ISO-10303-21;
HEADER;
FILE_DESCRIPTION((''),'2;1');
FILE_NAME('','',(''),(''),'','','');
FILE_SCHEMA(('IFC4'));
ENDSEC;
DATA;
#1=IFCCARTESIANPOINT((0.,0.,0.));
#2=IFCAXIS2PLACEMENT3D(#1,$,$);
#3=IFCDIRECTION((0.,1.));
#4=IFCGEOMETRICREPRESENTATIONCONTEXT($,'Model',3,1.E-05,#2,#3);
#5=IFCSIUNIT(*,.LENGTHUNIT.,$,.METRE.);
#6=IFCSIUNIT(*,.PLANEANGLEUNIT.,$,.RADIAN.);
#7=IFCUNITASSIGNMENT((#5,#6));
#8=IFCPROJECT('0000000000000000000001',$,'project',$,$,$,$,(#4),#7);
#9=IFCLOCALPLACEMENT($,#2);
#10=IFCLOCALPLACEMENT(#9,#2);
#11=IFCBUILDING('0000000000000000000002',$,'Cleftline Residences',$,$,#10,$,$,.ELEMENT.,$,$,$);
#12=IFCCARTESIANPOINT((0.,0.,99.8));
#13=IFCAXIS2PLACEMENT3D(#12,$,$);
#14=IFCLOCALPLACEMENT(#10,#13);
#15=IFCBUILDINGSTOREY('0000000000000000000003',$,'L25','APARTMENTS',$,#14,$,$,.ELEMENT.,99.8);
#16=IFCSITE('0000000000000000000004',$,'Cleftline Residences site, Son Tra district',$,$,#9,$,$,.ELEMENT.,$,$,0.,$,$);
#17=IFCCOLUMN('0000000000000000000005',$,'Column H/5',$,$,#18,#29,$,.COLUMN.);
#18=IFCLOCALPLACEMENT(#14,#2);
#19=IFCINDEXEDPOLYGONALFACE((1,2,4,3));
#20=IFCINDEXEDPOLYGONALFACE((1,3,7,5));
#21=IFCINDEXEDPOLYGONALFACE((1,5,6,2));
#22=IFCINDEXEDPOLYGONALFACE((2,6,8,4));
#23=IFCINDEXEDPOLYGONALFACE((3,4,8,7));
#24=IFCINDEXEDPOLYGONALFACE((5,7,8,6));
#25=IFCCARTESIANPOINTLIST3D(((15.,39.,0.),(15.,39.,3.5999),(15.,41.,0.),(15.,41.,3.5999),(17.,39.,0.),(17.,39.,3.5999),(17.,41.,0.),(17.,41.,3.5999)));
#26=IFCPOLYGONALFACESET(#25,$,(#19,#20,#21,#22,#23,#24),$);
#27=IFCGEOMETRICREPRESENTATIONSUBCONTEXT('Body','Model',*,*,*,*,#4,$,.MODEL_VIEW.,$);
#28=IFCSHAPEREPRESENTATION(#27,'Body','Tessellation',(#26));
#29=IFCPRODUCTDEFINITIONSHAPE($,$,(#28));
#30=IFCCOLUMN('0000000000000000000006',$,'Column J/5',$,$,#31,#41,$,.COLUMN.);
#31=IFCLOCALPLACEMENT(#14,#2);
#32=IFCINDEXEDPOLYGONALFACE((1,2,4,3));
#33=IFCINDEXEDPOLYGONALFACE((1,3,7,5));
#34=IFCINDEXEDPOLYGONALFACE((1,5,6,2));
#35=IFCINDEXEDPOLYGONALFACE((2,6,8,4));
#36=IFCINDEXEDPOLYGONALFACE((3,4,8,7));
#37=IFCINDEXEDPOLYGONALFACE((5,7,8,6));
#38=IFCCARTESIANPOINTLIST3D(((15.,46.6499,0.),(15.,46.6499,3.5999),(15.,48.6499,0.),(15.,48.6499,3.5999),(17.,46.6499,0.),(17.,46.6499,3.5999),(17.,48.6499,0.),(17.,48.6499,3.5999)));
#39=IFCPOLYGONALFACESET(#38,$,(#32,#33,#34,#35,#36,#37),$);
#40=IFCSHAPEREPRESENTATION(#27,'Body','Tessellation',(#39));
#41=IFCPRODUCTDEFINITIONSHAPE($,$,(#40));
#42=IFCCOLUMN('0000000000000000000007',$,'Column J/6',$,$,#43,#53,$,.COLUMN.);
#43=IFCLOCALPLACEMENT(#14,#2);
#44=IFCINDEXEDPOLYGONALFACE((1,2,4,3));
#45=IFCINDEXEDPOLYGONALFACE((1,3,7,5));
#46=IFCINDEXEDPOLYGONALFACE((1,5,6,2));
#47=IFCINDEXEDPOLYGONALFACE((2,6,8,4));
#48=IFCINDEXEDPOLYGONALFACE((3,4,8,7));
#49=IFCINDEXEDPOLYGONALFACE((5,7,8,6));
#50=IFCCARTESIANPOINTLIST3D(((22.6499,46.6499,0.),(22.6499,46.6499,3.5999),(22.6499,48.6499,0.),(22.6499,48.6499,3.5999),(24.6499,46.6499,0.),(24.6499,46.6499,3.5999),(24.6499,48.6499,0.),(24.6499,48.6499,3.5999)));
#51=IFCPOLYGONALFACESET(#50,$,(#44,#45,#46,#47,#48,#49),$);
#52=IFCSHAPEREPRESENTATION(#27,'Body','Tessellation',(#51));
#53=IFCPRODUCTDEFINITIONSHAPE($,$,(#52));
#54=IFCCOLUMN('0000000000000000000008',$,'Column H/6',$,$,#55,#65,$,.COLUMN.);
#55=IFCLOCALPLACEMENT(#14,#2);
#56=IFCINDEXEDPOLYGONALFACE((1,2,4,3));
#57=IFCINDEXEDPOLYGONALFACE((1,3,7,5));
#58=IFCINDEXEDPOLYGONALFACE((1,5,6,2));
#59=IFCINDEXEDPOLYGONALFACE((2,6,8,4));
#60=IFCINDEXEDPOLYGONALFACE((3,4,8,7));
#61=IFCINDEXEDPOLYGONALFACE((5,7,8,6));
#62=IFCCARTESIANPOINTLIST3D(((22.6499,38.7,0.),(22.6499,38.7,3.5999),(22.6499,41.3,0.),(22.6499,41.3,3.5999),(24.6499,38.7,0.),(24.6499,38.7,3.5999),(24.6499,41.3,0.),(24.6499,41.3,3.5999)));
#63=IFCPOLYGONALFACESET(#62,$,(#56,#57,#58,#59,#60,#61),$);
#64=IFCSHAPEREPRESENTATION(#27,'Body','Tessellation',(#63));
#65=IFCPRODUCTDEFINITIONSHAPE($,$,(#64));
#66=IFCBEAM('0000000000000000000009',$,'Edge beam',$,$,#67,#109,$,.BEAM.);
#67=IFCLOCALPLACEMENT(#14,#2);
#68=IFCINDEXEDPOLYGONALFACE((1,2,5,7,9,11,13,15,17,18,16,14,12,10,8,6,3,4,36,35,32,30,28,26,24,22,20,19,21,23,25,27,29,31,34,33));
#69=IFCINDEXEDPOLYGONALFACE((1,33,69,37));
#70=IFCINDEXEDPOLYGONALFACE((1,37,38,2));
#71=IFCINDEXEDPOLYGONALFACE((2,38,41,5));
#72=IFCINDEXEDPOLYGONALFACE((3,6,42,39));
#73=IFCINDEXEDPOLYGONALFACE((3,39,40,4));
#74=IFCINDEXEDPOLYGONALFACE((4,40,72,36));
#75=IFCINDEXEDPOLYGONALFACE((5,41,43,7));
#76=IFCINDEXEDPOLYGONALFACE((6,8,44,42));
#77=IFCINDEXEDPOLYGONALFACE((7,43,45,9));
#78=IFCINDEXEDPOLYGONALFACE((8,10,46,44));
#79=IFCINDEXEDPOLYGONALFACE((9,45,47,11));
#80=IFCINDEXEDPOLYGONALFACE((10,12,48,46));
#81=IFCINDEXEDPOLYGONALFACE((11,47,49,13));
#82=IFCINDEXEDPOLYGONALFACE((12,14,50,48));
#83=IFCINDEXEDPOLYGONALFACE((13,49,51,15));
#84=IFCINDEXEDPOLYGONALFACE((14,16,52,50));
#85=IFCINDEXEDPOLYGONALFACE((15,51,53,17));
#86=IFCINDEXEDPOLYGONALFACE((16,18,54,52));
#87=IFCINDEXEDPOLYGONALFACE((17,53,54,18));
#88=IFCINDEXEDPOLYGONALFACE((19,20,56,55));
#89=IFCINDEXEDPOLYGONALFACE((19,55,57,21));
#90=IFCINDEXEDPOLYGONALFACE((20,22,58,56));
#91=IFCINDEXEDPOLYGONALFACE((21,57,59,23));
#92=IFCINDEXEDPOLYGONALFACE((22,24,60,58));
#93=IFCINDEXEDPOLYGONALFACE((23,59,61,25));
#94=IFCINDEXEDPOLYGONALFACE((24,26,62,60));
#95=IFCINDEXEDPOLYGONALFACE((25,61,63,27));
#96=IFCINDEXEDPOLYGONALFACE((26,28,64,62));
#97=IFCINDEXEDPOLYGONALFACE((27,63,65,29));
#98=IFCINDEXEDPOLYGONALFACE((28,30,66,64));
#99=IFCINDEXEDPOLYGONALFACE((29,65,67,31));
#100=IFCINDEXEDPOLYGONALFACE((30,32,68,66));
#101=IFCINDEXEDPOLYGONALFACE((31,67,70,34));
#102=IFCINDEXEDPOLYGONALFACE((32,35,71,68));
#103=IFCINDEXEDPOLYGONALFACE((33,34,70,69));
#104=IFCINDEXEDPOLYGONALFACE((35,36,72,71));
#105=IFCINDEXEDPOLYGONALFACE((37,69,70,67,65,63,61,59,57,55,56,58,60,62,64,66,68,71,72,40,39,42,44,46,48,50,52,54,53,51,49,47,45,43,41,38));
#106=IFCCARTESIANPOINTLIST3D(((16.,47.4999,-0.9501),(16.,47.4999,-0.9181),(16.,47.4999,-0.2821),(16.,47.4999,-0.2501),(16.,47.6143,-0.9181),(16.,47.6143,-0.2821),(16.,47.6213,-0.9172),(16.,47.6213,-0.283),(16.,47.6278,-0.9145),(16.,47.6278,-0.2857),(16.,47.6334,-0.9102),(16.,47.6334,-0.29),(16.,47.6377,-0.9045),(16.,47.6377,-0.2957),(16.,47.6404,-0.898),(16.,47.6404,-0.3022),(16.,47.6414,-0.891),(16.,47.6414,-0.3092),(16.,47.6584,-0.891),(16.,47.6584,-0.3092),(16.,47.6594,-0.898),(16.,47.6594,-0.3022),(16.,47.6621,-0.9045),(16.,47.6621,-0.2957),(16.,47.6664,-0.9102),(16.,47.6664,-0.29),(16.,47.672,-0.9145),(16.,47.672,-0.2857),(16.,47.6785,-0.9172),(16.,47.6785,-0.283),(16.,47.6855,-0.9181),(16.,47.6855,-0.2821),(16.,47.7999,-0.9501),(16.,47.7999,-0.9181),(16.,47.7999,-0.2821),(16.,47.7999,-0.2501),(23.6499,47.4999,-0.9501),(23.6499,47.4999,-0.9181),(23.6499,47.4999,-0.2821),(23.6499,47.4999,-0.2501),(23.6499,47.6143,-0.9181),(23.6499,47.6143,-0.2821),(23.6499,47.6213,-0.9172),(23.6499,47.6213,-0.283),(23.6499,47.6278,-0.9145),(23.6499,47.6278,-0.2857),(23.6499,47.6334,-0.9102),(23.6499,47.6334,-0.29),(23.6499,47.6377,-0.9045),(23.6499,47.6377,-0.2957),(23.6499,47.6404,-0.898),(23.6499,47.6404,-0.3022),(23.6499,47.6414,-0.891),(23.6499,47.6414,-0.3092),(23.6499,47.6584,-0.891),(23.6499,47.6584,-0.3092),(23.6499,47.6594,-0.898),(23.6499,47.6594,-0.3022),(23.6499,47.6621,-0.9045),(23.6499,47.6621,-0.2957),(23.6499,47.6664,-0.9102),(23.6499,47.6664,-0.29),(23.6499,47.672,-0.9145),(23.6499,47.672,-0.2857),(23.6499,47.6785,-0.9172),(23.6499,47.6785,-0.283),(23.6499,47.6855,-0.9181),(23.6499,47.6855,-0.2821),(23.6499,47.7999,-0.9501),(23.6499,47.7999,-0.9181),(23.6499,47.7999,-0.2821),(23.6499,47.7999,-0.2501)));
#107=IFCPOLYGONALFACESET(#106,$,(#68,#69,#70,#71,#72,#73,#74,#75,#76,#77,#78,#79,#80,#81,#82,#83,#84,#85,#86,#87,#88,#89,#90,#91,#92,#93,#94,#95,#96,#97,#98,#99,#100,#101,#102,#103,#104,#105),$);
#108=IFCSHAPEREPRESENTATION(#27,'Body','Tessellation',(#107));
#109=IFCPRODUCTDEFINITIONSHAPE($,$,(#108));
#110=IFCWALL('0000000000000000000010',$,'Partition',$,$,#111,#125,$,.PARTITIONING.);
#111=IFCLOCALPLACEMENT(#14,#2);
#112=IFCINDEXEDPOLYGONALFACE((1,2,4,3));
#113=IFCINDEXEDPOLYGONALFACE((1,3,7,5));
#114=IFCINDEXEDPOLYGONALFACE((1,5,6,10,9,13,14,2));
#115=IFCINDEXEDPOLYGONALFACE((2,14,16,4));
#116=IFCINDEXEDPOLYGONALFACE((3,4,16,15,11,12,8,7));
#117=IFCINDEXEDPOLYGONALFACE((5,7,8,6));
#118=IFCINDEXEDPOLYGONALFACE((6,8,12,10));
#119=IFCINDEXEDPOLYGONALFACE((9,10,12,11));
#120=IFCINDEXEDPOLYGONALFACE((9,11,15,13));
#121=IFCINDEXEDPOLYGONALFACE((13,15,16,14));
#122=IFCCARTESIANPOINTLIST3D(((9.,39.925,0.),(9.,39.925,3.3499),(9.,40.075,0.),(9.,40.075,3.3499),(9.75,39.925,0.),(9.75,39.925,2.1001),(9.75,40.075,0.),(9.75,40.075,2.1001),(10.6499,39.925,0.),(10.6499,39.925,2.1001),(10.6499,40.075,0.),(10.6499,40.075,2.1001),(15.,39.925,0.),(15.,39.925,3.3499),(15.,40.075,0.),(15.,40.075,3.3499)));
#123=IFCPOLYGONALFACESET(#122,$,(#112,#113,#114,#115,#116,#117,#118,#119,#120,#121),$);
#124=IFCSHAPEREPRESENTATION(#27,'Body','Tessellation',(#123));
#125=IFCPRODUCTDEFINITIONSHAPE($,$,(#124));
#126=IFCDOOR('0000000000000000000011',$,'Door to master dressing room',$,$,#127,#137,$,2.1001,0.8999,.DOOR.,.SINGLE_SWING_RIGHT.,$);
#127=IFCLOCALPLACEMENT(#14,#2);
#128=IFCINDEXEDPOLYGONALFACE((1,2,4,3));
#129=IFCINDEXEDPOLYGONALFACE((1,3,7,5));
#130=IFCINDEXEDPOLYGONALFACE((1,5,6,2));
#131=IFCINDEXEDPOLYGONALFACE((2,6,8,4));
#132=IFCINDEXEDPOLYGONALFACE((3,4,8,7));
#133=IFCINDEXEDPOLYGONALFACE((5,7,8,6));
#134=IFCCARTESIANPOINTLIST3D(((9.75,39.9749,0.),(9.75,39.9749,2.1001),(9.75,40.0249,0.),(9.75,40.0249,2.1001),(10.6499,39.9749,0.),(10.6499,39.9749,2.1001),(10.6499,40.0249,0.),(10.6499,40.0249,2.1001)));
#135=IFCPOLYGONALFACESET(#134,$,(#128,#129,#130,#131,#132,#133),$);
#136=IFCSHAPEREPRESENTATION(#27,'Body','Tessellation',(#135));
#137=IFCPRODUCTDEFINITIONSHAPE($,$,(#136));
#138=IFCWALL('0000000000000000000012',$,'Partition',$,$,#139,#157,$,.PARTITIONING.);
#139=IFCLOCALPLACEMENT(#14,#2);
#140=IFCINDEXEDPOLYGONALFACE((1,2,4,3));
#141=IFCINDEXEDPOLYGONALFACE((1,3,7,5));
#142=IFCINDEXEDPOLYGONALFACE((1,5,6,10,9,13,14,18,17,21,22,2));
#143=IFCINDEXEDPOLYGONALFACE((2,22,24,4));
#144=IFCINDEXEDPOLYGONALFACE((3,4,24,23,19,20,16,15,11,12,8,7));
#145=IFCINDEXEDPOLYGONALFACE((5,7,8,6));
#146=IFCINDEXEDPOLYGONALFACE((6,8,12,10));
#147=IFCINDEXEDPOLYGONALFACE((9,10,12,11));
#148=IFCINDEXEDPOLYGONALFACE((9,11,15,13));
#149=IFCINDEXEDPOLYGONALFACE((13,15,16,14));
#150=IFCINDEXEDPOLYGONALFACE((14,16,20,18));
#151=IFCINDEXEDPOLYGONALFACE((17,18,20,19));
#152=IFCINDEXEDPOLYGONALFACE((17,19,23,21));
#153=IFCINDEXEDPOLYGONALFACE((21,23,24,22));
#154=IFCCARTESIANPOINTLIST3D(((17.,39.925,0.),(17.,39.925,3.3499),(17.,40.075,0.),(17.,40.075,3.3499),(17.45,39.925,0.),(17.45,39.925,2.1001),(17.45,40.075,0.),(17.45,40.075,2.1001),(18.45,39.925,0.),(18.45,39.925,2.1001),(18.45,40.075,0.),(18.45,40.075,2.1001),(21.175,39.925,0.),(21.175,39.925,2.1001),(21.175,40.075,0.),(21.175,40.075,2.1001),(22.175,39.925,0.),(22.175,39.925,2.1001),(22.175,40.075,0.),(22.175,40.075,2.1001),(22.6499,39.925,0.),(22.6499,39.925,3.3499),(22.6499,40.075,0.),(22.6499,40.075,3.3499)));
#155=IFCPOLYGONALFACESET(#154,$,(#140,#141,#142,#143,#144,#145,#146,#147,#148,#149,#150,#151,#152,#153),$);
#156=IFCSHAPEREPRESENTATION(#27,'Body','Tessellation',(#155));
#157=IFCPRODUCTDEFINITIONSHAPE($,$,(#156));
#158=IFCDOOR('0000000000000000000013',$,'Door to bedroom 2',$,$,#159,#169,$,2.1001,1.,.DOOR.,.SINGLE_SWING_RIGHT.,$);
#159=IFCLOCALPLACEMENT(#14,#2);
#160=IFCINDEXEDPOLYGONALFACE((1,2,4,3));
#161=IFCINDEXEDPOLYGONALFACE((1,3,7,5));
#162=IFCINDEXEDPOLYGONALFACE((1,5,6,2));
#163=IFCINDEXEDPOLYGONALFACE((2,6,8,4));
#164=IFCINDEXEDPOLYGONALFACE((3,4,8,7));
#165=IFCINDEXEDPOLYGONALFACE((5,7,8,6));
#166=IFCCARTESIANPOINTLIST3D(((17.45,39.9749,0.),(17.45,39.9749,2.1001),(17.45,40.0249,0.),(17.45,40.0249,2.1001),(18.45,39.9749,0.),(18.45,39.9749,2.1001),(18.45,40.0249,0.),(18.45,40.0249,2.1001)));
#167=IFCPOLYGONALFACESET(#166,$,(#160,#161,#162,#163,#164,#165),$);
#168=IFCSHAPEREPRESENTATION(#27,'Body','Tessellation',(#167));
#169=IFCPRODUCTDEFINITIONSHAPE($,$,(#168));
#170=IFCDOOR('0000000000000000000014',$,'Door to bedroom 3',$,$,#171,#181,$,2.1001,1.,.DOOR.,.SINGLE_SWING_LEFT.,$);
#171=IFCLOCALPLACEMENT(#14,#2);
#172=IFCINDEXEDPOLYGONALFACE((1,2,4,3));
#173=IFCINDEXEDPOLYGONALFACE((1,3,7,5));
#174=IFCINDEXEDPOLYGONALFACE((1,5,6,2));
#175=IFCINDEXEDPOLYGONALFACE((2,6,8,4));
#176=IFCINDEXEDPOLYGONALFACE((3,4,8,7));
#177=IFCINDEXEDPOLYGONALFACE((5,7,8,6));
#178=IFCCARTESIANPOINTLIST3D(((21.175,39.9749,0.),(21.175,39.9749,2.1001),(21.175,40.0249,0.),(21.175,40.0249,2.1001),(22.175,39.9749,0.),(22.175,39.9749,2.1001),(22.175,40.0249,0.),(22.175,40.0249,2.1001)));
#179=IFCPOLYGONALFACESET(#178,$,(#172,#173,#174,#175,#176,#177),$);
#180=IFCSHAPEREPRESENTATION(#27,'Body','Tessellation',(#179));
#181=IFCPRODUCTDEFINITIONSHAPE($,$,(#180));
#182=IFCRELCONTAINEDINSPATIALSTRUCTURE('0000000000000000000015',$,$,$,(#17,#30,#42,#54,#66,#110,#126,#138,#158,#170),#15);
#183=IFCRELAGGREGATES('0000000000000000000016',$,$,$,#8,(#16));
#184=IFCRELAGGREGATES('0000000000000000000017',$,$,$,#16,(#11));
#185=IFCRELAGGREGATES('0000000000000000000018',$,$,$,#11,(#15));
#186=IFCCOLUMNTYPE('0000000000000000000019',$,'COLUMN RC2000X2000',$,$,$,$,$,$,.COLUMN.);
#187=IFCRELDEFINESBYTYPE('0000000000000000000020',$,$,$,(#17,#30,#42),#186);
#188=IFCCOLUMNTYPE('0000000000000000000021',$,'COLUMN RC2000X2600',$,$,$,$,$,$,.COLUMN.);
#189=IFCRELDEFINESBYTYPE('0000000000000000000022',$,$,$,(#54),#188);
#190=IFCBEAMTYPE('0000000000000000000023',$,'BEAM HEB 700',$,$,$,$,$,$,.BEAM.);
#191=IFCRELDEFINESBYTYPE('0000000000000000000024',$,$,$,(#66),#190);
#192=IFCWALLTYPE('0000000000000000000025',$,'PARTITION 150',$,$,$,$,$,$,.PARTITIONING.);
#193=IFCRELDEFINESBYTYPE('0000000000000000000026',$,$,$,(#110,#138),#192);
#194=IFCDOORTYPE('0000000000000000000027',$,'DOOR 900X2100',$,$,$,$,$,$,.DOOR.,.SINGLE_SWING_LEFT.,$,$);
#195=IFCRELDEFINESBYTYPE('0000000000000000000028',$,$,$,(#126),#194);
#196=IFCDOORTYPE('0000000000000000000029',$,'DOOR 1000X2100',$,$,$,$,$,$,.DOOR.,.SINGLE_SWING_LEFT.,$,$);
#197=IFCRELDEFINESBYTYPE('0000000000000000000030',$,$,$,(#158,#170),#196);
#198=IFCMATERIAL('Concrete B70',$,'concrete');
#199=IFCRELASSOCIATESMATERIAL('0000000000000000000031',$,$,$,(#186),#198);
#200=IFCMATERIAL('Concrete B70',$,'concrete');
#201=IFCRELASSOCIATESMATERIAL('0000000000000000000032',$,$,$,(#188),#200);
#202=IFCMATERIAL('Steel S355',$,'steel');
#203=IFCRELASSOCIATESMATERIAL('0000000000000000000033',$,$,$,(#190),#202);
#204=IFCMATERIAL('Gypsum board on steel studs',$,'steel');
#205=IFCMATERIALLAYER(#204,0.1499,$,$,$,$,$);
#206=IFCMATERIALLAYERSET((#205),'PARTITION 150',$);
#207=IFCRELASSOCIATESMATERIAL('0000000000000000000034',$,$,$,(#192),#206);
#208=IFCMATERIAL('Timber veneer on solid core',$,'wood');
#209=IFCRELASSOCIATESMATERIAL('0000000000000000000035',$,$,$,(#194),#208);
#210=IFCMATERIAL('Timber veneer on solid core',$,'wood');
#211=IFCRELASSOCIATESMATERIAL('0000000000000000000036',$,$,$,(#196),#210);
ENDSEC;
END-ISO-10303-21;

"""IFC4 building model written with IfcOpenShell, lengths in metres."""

from ifc_helpers import new_model, si_unit, direction, frame, frame_2d, origin, origin_2d, place, context, subcontext, project, spatial, rectangle, i_section, extrude, material, layer, layer_set, material_profile, profile_set, type_object, element, fill, save


model = new_model("IFC4")

# Units and contexts
model_context = context("Model", 3, precision=1e-05, world=origin(), true_north=direction((0.0, 1.0)))
body_context = subcontext(model_context, "Body", "Model", "MODEL_VIEW")
ifc_project = project(units=[si_unit("LENGTHUNIT", "METRE"), si_unit("PLANEANGLEUNIT", "RADIAN")], contexts=[model_context])

# Site, building, storey
site_placement = place(None, origin())
site = spatial("IfcSite", under=ifc_project, at=site_placement, Name="Cleftline Residences site, Son Tra district", CompositionType="ELEMENT", RefElevation=0.0)
building_placement = place(site_placement, origin())
building = spatial("IfcBuilding", under=site, at=building_placement, Name="Cleftline Residences", CompositionType="ELEMENT")
storey_placement = place(building_placement, frame((0.0, 0.0, 99.8)))
storey = spatial("IfcBuildingStorey", under=building, at=storey_placement, Name="L25", Description="APARTMENTS", CompositionType="ELEMENT", Elevation=99.8)

# Columns
ifc_material_1 = material(Name="Concrete B70", Category="concrete")
ifc_material_profile_1 = material_profile(ifc_material_1, rectangle(XDim=2.0, YDim=2.0, at=origin_2d()))
ifc_profile_set_1 = profile_set([ifc_material_profile_1], Name="Concrete B70")
column_type_1 = type_object("IfcColumnType", Name="COLUMN RC2000X2000", PredefinedType="COLUMN", material=ifc_profile_set_1)
for number, where, z_axis, x_axis, name in (
    (1, (16.0, 40.0, 0.0), (0.0, 0.0, 1.0), (1.0, 0.0, 0.0), "Column H/5"),
    (2, (16.0, 47.6499, 0.0), (0.0, 0.0, 1.0), (1.0, 0.0, 0.0), "Column J/5"),
    (3, (23.6499, 47.6499, 0.0), (0.0, 0.0, 1.0), (1.0, 0.0, 0.0), "Column J/6"),
):
    element("IfcColumn", number, at=place(storey_placement, frame(where, z_axis=z_axis, x_axis=x_axis)), inside=storey, type_object=column_type_1, Name=name, PredefinedType="COLUMN", context=body_context, shape_type="SweptSolid", body=[
        extrude(rectangle(XDim=2.0, YDim=2.0, at=origin_2d()), origin(), (0.0, 0.0, 1.0), 3.5999),
    ])
ifc_material_2 = material(Name="Concrete B70", Category="concrete")
ifc_material_profile_2 = material_profile(ifc_material_2, rectangle(XDim=2.0, YDim=2.6001, at=origin_2d()))
ifc_profile_set_2 = profile_set([ifc_material_profile_2], Name="Concrete B70")
column_type_2 = type_object("IfcColumnType", Name="COLUMN RC2000X2600", PredefinedType="COLUMN", material=ifc_profile_set_2)
column_placement = place(storey_placement, frame((23.6499, 40.0, 0.0), z_axis=(0.0, 0.0, 1.0), x_axis=(1.0, 0.0, 0.0)))
element("IfcColumn", 4, at=column_placement, inside=storey, type_object=column_type_2, Name="Column H/6", PredefinedType="COLUMN", context=body_context, shape_type="SweptSolid", body=[
    extrude(rectangle(XDim=2.0, YDim=2.6001, at=origin_2d()), origin(), (0.0, 0.0, 1.0), 3.5999),
])

# Beam
ifc_material_3 = material(Name="Steel S355", Category="steel")
ifc_material_profile_3 = material_profile(ifc_material_3, i_section(OverallWidth=0.3, OverallDepth=0.7, WebThickness=0.0171, FlangeThickness=0.032, FilletRadius=0.0271, at=origin_2d()))
ifc_profile_set_3 = profile_set([ifc_material_profile_3], Name="Steel S355")
beam_type = type_object("IfcBeamType", Name="BEAM HEB 700", PredefinedType="BEAM", material=ifc_profile_set_3)
beam_placement = place(storey_placement, frame((16.0, 47.6499, -0.6001), z_axis=(1.0, 0.0, 0.0), x_axis=(0.0, 1.0, 0.0)))
element("IfcBeam", 5, at=beam_placement, inside=storey, type_object=beam_type, Name="Edge beam", PredefinedType="BEAM", context=body_context, shape_type="SweptSolid", body=[
    extrude(i_section(OverallWidth=0.3, OverallDepth=0.7, WebThickness=0.0171, FlangeThickness=0.032, FilletRadius=0.0271, at=origin_2d()), origin(), (0.0, 0.0, 1.0), 7.6499),
])

# Wall, opening, door
ifc_material_4 = material(Name="Gypsum board on steel studs", Category="steel")
ifc_layer = layer(ifc_material_4, 0.1499)
ifc_layer_set = layer_set([ifc_layer], Name="PARTITION 150")
wall_type = type_object("IfcWallType", Name="PARTITION 150", PredefinedType="PARTITIONING", material=ifc_layer_set)
wall_1_placement = place(storey_placement, frame((9.0, 40.0, 0.0), z_axis=(0.0, 0.0, 1.0), x_axis=(1.0, 0.0, 0.0)))
wall_1 = element("IfcWall", 6, at=wall_1_placement, inside=storey, type_object=wall_type, Name="Partition", PredefinedType="PARTITIONING", context=body_context, shape_type="SweptSolid", body=[
    extrude(rectangle(XDim=6.0, YDim=0.1499, at=frame_2d((3.0, 0.0))), origin(), (0.0, 0.0, 1.0), 3.3499),
])
opening_1_placement = place(wall_1_placement, frame((0.75, 0.0, 0.0)))
opening_1 = element("IfcOpeningElement", 7, at=opening_1_placement, cuts=wall_1, PredefinedType="OPENING", context=body_context, shape_type="SweptSolid", body=[
    extrude(rectangle(XDim=0.8999, YDim=2.1001, at=frame_2d((0.45, 1.05))), frame((0.0, 0.085, 0.0), z_axis=(0.0, -1.0, 0.0), x_axis=(1.0, 0.0, 0.0)), (0.0, 0.0, 1.0), 0.1699),
])
ifc_material_5 = material(Name="Timber veneer on solid core", Category="wood")
door_type_1 = type_object("IfcDoorType", Name="DOOR 900X2100", OperationType="SINGLE_SWING_LEFT", PredefinedType="DOOR", material=ifc_material_5)
door_1_placement = place(opening_1_placement, origin())
door_1 = element("IfcDoor", 8, at=door_1_placement, inside=storey, type_object=door_type_1, Name="Door to master dressing room", OperationType="SINGLE_SWING_RIGHT", OverallHeight=2.1001, OverallWidth=0.8999, PredefinedType="DOOR", context=body_context, shape_type="SweptSolid", body=[
    extrude(rectangle(XDim=0.8999, YDim=2.1001, at=frame_2d((0.45, 1.05))), frame((0.0, 0.0249, 0.0), z_axis=(0.0, -1.0, 0.0), x_axis=(1.0, 0.0, 0.0)), (0.0, 0.0, 1.0), 0.05),
])
fill(opening_1, door_1)

# Wall, openings, doors
wall_2_placement = place(storey_placement, frame((17.0, 40.0, 0.0), z_axis=(0.0, 0.0, 1.0), x_axis=(1.0, 0.0, 0.0)))
wall_2 = element("IfcWall", 9, at=wall_2_placement, inside=storey, type_object=wall_type, Name="Partition", PredefinedType="PARTITIONING", context=body_context, shape_type="SweptSolid", body=[
    extrude(rectangle(XDim=5.6499, YDim=0.1499, at=frame_2d((2.825, 0.0))), origin(), (0.0, 0.0, 1.0), 3.3499),
])
opening_2_placement = place(wall_2_placement, frame((0.45, 0.0, 0.0)))
opening_2 = element("IfcOpeningElement", 10, at=opening_2_placement, cuts=wall_2, PredefinedType="OPENING", context=body_context, shape_type="SweptSolid", body=[
    extrude(rectangle(XDim=1.0, YDim=2.1001, at=frame_2d((0.5, 1.05))), frame((0.0, 0.085, 0.0), z_axis=(0.0, -1.0, 0.0), x_axis=(1.0, 0.0, 0.0)), (0.0, 0.0, 1.0), 0.1699),
])
opening_3_placement = place(wall_2_placement, frame((4.175, 0.0, 0.0)))
opening_3 = element("IfcOpeningElement", 11, at=opening_3_placement, cuts=wall_2, PredefinedType="OPENING", context=body_context, shape_type="SweptSolid", body=[
    extrude(rectangle(XDim=1.0, YDim=2.1001, at=frame_2d((0.5, 1.05))), frame((0.0, 0.085, 0.0), z_axis=(0.0, -1.0, 0.0), x_axis=(1.0, 0.0, 0.0)), (0.0, 0.0, 1.0), 0.1699),
])
ifc_material_6 = material(Name="Timber veneer on solid core", Category="wood")
door_type_2 = type_object("IfcDoorType", Name="DOOR 1000X2100", OperationType="SINGLE_SWING_LEFT", PredefinedType="DOOR", material=ifc_material_6)
door_2_placement = place(opening_2_placement, origin())
door_2 = element("IfcDoor", 12, at=door_2_placement, inside=storey, type_object=door_type_2, Name="Door to bedroom 2", OperationType="SINGLE_SWING_RIGHT", OverallHeight=2.1001, OverallWidth=1.0, PredefinedType="DOOR", context=body_context, shape_type="SweptSolid", body=[
    extrude(rectangle(XDim=1.0, YDim=2.1001, at=frame_2d((0.5, 1.05))), frame((0.0, 0.0249, 0.0), z_axis=(0.0, -1.0, 0.0), x_axis=(1.0, 0.0, 0.0)), (0.0, 0.0, 1.0), 0.05),
])
fill(opening_2, door_2)
door_3_placement = place(opening_3_placement, origin())
door_3 = element("IfcDoor", 13, at=door_3_placement, inside=storey, type_object=door_type_2, Name="Door to bedroom 3", OperationType="SINGLE_SWING_LEFT", OverallHeight=2.1001, OverallWidth=1.0, PredefinedType="DOOR", context=body_context, shape_type="SweptSolid", body=[
    extrude(rectangle(XDim=1.0, YDim=2.1001, at=frame_2d((0.5, 1.05))), frame((0.0, 0.0249, 0.0), z_axis=(0.0, -1.0, 0.0), x_axis=(1.0, 0.0, 0.0)), (0.0, 0.0, 1.0), 0.05),
])
fill(opening_3, door_3)

save(model, "model.ifc")
